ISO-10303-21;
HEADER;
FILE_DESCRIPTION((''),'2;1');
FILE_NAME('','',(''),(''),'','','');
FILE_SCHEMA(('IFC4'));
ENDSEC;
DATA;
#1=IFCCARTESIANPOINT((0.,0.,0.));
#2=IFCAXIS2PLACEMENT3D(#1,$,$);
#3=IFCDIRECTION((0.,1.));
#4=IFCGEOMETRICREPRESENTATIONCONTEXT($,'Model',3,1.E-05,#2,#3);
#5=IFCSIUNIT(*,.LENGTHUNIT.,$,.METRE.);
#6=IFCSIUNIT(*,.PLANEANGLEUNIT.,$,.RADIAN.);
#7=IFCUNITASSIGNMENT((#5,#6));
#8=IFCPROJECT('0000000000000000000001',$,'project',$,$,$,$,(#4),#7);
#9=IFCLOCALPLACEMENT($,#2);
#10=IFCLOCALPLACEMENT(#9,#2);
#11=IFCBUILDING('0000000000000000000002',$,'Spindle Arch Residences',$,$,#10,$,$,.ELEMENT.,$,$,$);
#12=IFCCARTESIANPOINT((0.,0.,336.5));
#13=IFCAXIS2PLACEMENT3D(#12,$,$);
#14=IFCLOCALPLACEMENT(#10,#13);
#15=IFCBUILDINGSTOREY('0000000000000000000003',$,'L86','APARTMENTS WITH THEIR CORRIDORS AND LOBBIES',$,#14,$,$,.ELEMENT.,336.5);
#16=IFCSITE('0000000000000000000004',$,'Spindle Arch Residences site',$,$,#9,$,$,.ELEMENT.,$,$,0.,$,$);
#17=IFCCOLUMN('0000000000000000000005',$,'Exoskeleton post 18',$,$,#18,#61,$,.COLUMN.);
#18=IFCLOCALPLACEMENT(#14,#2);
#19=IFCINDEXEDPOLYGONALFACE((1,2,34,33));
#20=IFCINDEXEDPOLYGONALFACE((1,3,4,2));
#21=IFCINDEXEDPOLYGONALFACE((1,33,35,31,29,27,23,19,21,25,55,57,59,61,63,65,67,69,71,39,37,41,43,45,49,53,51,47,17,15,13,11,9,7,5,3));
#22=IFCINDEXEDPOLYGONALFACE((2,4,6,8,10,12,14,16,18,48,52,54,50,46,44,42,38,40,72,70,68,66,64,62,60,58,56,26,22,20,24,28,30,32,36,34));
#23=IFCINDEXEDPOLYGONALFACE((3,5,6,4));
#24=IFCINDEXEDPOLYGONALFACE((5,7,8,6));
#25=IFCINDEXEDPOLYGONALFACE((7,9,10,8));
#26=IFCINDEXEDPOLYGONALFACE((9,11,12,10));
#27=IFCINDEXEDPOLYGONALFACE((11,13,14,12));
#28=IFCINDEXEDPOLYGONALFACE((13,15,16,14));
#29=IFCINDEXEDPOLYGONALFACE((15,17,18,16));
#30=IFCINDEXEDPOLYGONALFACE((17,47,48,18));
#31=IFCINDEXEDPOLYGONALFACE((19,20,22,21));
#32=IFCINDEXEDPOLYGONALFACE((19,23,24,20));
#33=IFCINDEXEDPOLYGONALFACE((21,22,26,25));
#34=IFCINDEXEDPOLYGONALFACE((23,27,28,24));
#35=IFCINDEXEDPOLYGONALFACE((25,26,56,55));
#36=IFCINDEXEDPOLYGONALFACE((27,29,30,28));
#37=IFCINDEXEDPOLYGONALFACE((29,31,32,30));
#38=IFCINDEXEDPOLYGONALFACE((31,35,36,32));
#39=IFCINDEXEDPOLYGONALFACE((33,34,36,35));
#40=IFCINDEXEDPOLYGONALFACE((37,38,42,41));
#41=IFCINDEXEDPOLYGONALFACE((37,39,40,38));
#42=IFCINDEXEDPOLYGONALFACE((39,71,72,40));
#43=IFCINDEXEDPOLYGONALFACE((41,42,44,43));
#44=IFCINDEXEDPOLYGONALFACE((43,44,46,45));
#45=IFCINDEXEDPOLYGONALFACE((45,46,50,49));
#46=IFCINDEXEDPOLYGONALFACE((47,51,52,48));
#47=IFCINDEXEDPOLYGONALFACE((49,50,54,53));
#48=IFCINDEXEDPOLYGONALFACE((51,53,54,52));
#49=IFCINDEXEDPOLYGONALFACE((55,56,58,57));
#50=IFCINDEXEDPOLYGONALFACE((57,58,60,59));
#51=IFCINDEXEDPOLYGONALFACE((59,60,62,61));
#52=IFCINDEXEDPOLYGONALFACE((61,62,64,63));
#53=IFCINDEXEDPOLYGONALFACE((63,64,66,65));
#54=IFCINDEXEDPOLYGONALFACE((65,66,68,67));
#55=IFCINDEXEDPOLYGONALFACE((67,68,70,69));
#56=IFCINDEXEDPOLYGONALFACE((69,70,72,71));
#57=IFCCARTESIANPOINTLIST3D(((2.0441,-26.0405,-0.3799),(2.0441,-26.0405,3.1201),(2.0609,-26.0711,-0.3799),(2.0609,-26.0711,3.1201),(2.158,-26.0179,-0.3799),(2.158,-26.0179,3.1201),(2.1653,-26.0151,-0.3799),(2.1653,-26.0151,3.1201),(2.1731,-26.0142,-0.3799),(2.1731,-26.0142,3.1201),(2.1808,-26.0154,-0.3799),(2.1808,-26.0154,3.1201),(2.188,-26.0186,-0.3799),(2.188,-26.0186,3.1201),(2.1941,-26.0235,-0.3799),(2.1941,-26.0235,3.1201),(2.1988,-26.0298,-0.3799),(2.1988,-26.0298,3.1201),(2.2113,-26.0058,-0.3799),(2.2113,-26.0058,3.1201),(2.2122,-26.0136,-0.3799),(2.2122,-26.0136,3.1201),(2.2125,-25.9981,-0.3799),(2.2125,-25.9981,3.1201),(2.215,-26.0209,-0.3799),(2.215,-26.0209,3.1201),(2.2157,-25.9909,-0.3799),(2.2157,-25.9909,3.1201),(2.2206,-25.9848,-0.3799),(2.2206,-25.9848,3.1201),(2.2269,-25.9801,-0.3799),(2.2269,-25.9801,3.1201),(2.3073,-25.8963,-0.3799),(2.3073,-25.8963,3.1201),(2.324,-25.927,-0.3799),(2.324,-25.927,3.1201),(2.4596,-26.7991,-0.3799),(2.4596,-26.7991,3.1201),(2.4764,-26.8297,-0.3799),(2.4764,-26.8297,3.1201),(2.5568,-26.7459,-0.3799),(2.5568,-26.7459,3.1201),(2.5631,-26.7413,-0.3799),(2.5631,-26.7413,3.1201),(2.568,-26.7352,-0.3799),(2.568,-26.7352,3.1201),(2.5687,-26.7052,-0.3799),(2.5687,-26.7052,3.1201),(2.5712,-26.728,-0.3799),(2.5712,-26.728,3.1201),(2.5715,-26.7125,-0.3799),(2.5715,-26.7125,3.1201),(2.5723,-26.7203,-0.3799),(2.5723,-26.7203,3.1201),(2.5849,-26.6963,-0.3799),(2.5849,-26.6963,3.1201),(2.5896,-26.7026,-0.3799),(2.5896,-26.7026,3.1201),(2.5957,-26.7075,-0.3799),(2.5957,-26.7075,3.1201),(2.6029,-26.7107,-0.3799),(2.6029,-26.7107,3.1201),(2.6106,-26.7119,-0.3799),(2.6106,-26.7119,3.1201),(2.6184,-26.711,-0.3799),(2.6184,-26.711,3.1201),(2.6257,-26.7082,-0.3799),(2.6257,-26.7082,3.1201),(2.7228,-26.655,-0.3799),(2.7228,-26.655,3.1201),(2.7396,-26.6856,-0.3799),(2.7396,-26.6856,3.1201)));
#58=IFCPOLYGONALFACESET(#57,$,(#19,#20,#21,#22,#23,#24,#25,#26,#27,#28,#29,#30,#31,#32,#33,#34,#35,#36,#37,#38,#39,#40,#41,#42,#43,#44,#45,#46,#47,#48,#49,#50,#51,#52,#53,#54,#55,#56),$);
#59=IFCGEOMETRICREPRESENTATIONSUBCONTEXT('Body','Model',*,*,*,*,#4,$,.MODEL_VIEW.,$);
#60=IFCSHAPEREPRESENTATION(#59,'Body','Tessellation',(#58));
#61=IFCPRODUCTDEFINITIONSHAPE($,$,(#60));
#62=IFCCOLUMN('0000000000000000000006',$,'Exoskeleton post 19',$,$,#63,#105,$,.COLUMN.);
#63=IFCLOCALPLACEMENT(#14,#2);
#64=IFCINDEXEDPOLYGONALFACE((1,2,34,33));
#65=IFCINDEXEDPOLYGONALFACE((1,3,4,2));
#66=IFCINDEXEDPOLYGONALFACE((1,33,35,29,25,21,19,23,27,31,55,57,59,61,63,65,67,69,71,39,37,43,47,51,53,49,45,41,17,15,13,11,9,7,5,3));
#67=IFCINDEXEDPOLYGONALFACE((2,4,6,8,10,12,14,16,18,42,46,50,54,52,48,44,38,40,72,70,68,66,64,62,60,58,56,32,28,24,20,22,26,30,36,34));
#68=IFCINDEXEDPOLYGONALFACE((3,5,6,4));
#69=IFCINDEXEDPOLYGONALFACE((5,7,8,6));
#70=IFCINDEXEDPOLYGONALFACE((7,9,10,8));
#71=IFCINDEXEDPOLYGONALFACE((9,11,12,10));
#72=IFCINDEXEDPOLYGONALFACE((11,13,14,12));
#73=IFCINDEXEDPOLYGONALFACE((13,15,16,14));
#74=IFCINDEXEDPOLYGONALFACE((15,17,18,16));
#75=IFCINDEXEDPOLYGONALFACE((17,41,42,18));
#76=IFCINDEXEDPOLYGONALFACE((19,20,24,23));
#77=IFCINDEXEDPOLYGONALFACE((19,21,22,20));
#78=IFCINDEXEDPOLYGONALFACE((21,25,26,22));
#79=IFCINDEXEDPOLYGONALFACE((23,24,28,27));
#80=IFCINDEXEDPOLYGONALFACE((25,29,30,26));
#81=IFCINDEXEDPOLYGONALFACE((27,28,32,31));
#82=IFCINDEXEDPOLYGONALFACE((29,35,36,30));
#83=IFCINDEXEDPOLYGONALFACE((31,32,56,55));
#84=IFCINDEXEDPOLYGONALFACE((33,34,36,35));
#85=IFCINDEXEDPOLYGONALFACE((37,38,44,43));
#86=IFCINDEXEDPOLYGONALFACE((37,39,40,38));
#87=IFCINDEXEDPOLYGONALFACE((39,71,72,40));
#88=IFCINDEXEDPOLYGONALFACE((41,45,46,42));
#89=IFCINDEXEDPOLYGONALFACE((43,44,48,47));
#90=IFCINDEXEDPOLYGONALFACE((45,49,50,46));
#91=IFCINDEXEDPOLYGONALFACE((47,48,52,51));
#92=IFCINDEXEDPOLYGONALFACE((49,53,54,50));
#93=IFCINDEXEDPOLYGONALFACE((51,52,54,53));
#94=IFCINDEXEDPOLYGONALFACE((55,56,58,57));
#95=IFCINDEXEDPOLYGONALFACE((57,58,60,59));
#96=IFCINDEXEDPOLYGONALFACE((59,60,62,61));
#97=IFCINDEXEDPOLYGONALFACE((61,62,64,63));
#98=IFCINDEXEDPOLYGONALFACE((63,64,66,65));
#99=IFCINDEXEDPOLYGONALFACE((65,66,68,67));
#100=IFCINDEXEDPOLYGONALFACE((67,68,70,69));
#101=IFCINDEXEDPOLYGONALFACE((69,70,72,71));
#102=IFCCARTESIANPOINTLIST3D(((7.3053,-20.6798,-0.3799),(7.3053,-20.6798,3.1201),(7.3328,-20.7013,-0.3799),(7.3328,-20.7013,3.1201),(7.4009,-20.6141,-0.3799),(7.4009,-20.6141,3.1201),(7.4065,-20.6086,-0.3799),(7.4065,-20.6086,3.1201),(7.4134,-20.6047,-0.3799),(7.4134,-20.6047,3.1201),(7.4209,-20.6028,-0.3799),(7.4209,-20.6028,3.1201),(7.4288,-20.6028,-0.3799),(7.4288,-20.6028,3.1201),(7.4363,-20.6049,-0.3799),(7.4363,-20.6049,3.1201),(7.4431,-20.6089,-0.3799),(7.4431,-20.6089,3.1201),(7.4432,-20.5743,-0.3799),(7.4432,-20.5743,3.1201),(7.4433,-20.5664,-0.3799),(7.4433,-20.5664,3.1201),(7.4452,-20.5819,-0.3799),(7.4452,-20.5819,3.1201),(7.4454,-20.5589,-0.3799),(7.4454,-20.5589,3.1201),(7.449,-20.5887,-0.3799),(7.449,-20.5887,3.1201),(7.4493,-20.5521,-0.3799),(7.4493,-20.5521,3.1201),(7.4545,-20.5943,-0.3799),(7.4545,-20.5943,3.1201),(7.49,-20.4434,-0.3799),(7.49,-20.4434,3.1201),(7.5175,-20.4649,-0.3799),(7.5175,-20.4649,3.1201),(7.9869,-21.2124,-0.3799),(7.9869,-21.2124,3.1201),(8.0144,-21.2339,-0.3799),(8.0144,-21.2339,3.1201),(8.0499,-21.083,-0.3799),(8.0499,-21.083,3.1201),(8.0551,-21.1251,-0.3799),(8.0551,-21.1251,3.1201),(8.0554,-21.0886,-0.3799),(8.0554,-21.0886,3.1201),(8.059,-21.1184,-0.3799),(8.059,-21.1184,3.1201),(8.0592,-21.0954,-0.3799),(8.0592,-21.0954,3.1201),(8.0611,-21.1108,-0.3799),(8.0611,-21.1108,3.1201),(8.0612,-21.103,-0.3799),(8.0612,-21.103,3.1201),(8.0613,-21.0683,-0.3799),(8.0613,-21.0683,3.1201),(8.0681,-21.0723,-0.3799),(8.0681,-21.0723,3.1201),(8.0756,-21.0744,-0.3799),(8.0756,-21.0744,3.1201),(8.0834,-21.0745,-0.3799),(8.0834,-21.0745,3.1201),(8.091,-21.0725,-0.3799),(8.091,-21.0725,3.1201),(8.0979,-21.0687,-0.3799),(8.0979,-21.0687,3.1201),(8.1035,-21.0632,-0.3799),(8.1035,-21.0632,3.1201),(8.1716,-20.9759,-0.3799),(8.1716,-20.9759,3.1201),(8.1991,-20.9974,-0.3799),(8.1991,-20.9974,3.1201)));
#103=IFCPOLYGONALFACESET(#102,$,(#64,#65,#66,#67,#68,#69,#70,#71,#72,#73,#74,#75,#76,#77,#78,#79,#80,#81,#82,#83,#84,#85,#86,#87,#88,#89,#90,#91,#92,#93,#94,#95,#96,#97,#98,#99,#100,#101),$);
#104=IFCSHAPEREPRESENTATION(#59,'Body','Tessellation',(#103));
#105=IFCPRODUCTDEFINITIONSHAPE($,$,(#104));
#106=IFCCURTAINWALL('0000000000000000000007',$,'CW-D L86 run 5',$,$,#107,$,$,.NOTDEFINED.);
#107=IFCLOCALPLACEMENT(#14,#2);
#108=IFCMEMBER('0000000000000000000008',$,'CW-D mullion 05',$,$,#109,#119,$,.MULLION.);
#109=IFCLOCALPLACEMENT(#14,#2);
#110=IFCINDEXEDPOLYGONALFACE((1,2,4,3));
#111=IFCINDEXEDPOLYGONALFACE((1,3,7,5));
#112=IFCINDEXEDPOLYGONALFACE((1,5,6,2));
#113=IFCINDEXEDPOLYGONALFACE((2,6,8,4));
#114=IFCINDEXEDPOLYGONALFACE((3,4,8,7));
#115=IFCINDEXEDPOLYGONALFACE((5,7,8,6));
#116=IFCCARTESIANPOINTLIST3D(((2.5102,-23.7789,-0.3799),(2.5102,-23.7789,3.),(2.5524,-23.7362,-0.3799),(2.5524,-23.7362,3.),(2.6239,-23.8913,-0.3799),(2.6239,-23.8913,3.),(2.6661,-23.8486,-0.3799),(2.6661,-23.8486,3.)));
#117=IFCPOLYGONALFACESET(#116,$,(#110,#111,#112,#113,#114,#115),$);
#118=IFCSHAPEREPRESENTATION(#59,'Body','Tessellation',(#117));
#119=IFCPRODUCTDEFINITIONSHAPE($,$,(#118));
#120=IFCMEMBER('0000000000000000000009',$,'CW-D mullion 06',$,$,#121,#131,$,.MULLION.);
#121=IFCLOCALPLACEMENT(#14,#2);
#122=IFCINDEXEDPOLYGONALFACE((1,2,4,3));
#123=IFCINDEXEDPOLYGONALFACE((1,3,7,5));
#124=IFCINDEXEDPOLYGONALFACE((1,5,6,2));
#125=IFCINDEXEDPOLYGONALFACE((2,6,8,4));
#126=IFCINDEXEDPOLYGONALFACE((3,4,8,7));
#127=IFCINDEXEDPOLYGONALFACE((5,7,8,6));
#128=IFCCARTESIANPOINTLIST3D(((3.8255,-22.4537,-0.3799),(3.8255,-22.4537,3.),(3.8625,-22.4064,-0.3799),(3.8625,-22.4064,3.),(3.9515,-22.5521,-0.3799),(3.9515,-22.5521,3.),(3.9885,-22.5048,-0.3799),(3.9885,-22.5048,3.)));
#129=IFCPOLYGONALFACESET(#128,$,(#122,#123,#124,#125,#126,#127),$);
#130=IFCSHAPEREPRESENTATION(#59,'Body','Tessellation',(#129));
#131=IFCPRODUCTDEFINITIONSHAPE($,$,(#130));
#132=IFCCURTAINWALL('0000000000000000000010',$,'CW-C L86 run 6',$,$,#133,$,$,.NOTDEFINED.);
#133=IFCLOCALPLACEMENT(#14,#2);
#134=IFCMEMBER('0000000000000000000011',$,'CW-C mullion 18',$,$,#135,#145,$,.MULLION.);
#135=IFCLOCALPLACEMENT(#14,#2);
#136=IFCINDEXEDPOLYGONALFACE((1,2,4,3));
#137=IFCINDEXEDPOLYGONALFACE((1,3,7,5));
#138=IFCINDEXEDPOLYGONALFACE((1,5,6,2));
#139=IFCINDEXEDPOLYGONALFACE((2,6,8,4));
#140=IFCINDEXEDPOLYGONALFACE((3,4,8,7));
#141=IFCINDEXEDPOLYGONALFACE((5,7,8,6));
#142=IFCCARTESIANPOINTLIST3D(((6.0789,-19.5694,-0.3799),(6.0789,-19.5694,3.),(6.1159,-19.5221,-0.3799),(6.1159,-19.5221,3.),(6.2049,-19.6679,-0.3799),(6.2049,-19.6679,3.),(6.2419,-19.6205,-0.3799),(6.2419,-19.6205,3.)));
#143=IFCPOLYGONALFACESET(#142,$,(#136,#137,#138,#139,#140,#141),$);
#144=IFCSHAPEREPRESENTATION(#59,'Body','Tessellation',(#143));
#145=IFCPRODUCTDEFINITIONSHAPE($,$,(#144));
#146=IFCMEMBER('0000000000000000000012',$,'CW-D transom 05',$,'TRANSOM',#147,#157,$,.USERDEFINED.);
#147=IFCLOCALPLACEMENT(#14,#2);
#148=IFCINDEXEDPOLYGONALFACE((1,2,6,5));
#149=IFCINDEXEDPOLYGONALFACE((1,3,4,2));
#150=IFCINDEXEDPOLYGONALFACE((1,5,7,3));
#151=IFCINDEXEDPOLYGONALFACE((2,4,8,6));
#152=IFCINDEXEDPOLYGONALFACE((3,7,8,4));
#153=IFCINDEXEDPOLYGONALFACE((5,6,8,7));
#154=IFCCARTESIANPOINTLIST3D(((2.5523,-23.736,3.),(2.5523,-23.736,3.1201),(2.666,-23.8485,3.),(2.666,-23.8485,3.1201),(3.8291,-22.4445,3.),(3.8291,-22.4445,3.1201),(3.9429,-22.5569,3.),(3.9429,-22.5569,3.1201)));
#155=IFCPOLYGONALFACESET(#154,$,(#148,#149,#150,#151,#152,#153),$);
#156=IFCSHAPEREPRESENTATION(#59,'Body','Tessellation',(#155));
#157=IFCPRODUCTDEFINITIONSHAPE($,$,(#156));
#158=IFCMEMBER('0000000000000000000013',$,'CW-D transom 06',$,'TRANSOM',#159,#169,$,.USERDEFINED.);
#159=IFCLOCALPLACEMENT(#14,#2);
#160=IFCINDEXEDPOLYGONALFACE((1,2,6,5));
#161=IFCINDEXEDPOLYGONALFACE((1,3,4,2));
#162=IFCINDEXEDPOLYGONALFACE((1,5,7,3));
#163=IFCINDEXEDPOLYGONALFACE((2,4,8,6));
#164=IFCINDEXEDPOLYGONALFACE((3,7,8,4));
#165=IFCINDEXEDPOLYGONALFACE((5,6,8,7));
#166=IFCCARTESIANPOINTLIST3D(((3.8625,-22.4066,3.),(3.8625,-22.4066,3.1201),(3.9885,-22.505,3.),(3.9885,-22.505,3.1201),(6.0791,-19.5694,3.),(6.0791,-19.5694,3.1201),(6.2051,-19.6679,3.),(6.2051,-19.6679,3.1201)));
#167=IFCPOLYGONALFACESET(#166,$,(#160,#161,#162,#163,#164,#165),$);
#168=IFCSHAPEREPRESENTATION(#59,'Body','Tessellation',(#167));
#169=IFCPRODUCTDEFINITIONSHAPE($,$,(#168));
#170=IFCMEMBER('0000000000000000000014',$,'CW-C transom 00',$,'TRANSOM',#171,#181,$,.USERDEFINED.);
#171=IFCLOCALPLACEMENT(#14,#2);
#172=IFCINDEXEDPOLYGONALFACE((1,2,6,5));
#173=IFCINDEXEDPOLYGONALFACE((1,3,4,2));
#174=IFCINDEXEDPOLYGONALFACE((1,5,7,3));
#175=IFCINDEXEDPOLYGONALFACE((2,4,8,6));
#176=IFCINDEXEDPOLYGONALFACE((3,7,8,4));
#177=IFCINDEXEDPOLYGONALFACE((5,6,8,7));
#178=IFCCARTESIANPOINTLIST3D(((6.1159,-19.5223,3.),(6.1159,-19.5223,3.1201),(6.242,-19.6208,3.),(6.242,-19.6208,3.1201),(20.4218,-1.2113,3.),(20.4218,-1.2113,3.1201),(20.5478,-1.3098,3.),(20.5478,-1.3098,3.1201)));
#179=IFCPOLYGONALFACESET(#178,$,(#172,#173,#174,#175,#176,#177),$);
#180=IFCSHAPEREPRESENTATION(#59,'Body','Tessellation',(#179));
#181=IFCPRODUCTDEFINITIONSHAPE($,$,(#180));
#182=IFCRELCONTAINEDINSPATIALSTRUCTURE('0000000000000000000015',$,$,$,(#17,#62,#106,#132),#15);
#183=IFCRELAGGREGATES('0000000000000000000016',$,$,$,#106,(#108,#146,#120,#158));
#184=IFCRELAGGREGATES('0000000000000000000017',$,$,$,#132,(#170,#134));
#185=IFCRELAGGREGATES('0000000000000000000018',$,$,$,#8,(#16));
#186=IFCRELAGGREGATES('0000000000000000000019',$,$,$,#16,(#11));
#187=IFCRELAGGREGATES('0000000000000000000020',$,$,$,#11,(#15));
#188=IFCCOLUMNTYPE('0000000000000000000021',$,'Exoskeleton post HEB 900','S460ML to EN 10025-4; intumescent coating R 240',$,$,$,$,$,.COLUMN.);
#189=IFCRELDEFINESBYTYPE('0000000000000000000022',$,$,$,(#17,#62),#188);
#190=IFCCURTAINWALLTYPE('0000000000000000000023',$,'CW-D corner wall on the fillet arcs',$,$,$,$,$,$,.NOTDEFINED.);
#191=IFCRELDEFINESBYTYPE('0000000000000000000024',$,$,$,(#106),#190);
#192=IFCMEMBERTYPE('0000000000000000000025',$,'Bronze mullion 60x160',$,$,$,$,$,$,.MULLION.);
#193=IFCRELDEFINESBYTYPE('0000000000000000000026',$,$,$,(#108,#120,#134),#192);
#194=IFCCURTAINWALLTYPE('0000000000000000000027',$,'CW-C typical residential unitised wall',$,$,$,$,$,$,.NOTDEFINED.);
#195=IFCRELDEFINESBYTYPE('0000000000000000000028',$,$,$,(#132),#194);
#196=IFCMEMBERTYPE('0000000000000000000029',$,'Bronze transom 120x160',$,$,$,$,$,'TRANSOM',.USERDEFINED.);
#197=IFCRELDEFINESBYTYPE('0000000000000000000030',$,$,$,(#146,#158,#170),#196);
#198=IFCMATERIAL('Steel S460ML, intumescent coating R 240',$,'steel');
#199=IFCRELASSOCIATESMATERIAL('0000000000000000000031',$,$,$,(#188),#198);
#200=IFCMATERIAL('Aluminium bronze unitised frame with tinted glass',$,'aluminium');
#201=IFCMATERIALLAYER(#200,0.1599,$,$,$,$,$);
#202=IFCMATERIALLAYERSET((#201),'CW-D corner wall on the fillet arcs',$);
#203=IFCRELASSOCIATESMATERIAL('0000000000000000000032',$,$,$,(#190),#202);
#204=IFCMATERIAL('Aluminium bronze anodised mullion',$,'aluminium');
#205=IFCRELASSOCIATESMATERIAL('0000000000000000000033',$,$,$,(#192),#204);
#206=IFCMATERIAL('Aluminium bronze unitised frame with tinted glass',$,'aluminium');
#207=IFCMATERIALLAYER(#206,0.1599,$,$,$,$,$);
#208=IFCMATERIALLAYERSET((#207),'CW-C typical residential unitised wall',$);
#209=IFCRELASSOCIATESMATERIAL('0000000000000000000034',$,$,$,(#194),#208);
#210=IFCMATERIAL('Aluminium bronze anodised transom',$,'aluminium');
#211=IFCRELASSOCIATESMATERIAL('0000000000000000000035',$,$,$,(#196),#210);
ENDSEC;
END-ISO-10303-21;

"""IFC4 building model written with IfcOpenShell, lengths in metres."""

from ifc_helpers import new_model, si_unit, direction, frame, origin, origin_2d, place, context, subcontext, project, spatial, rectangle, i_section, extrude, material, layer, layer_set, material_profile, profile_set, type_object, element, aggregate, save


model = new_model("IFC4")

# Units and contexts
model_context = context("Model", 3, precision=1e-05, world=origin(), true_north=direction((0.0, 1.0)))
body_context = subcontext(model_context, "Body", "Model", "MODEL_VIEW")
ifc_project = project(units=[si_unit("LENGTHUNIT", "METRE"), si_unit("PLANEANGLEUNIT", "RADIAN")], contexts=[model_context])

# Site, building, storey
site_placement = place(None, origin())
site = spatial("IfcSite", under=ifc_project, at=site_placement, Name="Spindle Arch Residences site", CompositionType="ELEMENT", RefElevation=0.0)
building_placement = place(site_placement, origin())
building = spatial("IfcBuilding", under=site, at=building_placement, Name="Spindle Arch Residences", CompositionType="ELEMENT")
storey_placement = place(building_placement, frame((0.0, 0.0, 336.5)))
storey = spatial("IfcBuildingStorey", under=building, at=storey_placement, Name="L86", Description="APARTMENTS WITH THEIR CORRIDORS AND LOBBIES", CompositionType="ELEMENT", Elevation=336.5)

# Columns
ifc_material_1 = material(Name="Steel S460ML, intumescent coating R 240", Category="steel")
ifc_material_profile_1 = material_profile(ifc_material_1, i_section(OverallWidth=0.3, OverallDepth=0.8999, WebThickness=0.0186, FlangeThickness=0.0349, FilletRadius=0.03, at=origin_2d()), Name="HEB 900")
ifc_profile_set_1 = profile_set([ifc_material_profile_1], Name="Steel S460ML, intumescent coating R 240")
column_type = type_object("IfcColumnType", Name="Exoskeleton post HEB 900", Description="S460ML to EN 10025-4; intumescent coating R 240", PredefinedType="COLUMN", material=ifc_profile_set_1)
for number, where, z_axis, x_axis, name in (
    (1, (2.3918, -26.363, -0.3799), (0.0, 0.0, 1.0), (-0.877055, -0.480389, 0.0), "Exoskeleton post 18"),
    (2, (7.7522, -20.8386, -0.3799), (0.0, 0.0, 1.0), (-0.615661, -0.788011, 0.0), "Exoskeleton post 19"),
):
    element("IfcColumn", number, at=place(storey_placement, frame(where, z_axis=z_axis, x_axis=x_axis)), inside=storey, type_object=column_type, Name=name, PredefinedType="COLUMN", context=body_context, shape_type="SweptSolid", body=[
        extrude(i_section(OverallWidth=0.3, OverallDepth=0.8999, WebThickness=0.0186, FlangeThickness=0.0349, FilletRadius=0.03, at=origin_2d()), origin(), (0.0, 0.0, 1.0), 3.5),
    ])

# Curtain wall, members
ifc_material_2 = material(Name="Aluminium bronze unitised frame with tinted glass", Category="aluminium")
ifc_layer_1 = layer(ifc_material_2, 0.1599)
ifc_layer_set_1 = layer_set([ifc_layer_1], Name="CW-D corner wall on the fillet arcs")
curtain_wall_type_1 = type_object("IfcCurtainWallType", Name="CW-D corner wall on the fillet arcs", PredefinedType="NOTDEFINED", material=ifc_layer_set_1)
curtain_wall_1_placement = place(storey_placement, origin())
curtain_wall_1 = element("IfcCurtainWall", 3, at=curtain_wall_1_placement, inside=storey, type_object=curtain_wall_type_1, Name="CW-D L86 run 5", PredefinedType="NOTDEFINED")
ifc_material_3 = material(Name="Aluminium bronze anodised mullion", Category="aluminium")
ifc_material_profile_2 = material_profile(ifc_material_3, rectangle(XDim=0.1599, YDim=0.0601, at=origin_2d()), Name="MU 60x160")
ifc_profile_set_2 = profile_set([ifc_material_profile_2], Name="Aluminium bronze anodised mullion")
member_type_1 = type_object("IfcMemberType", Name="Bronze mullion 60x160", PredefinedType="MULLION", material=ifc_profile_set_2)
member_1_placement = place(storey_placement, frame((2.5881, -23.8137, -0.3799), z_axis=(0.0, 0.0, 1.0), x_axis=(-0.711209, 0.702981, 0.0)))
member_1 = element("IfcMember", 4, at=member_1_placement, type_object=member_type_1, Name="CW-D mullion 05", PredefinedType="MULLION", context=body_context, shape_type="SweptSolid", body=[
    extrude(rectangle(XDim=0.1599, YDim=0.0601, at=origin_2d()), origin(), (0.0, 0.0, 1.0), 3.3799),
])
member_2_placement = place(storey_placement, frame((3.907, -22.4792, -0.3799), z_axis=(0.0, 0.0, 1.0), x_axis=(-0.788011, 0.615661, 0.0)))
member_2 = element("IfcMember", 5, at=member_2_placement, type_object=member_type_1, Name="CW-D mullion 06", PredefinedType="MULLION", context=body_context, shape_type="SweptSolid", body=[
    extrude(rectangle(XDim=0.1599, YDim=0.0601, at=origin_2d()), origin(), (0.0, 0.0, 1.0), 3.3799),
])

# Curtain wall, member
ifc_material_4 = material(Name="Aluminium bronze unitised frame with tinted glass", Category="aluminium")
ifc_layer_2 = layer(ifc_material_4, 0.1599)
ifc_layer_set_2 = layer_set([ifc_layer_2], Name="CW-C typical residential unitised wall")
curtain_wall_type_2 = type_object("IfcCurtainWallType", Name="CW-C typical residential unitised wall", PredefinedType="NOTDEFINED", material=ifc_layer_set_2)
curtain_wall_2_placement = place(storey_placement, origin())
curtain_wall_2 = element("IfcCurtainWall", 6, at=curtain_wall_2_placement, inside=storey, type_object=curtain_wall_type_2, Name="CW-C L86 run 6", PredefinedType="NOTDEFINED")
member_3_placement = place(storey_placement, frame((6.1604, -19.595, -0.3799), z_axis=(0.0, 0.0, 1.0), x_axis=(-0.788011, 0.615661, 0.0)))
member_3 = element("IfcMember", 7, at=member_3_placement, type_object=member_type_1, Name="CW-C mullion 18", PredefinedType="MULLION", context=body_context, shape_type="SweptSolid", body=[
    extrude(rectangle(XDim=0.1599, YDim=0.0601, at=origin_2d()), origin(), (0.0, 0.0, 1.0), 3.3799),
])

# Members
ifc_material_5 = material(Name="Aluminium bronze anodised transom", Category="aluminium")
ifc_material_profile_3 = material_profile(ifc_material_5, rectangle(XDim=0.1599, YDim=0.1201, at=origin_2d()), Name="TR 120x160")
ifc_profile_set_3 = profile_set([ifc_material_profile_3], Name="Aluminium bronze anodised transom")
member_type_2 = type_object("IfcMemberType", Name="Bronze transom 120x160", ElementType="TRANSOM", PredefinedType="USERDEFINED", material=ifc_profile_set_3)
member_4_placement = place(storey_placement, frame((2.6091, -23.7922, 3.0601), z_axis=(0.703062, 0.711128, 0.0), x_axis=(-0.711128, 0.703062, 0.0)))
member_4 = element("IfcMember", 8, at=member_4_placement, type_object=member_type_2, Name="CW-D transom 05", ObjectType="TRANSOM", PredefinedType="USERDEFINED", context=body_context, shape_type="SweptSolid", body=[
    extrude(rectangle(XDim=0.1599, YDim=0.1201, at=origin_2d()), origin(), (0.0, 0.0, 1.0), 1.8162),
])
member_5_placement = place(storey_placement, frame((3.9255, -22.4558, 3.0601), z_axis=(0.615648, 0.788021, 0.0), x_axis=(-0.788021, 0.615648, 0.0)))
member_5 = element("IfcMember", 9, at=member_5_placement, type_object=member_type_2, Name="CW-D transom 06", ObjectType="TRANSOM", PredefinedType="USERDEFINED", context=body_context, shape_type="SweptSolid", body=[
    extrude(rectangle(XDim=0.1599, YDim=0.1201, at=origin_2d()), origin(), (0.0, 0.0, 1.0), 3.6003),
])
member_6_placement = place(storey_placement, frame((6.179, -19.5715, 3.0601), z_axis=(0.615655, 0.788016, 0.0), x_axis=(-0.788016, 0.615655, 0.0)))
member_6 = element("IfcMember", 10, at=member_6_placement, type_object=member_type_2, Name="CW-C transom 00", ObjectType="TRANSOM", PredefinedType="USERDEFINED", context=body_context, shape_type="SweptSolid", body=[
    extrude(rectangle(XDim=0.1599, YDim=0.1201, at=origin_2d()), origin(), (0.0, 0.0, 1.0), 23.2368),
])

aggregate(curtain_wall_1, [member_1, member_4, member_2, member_5])
aggregate(curtain_wall_2, [member_6, member_3])

save(model, "model.ifc")
